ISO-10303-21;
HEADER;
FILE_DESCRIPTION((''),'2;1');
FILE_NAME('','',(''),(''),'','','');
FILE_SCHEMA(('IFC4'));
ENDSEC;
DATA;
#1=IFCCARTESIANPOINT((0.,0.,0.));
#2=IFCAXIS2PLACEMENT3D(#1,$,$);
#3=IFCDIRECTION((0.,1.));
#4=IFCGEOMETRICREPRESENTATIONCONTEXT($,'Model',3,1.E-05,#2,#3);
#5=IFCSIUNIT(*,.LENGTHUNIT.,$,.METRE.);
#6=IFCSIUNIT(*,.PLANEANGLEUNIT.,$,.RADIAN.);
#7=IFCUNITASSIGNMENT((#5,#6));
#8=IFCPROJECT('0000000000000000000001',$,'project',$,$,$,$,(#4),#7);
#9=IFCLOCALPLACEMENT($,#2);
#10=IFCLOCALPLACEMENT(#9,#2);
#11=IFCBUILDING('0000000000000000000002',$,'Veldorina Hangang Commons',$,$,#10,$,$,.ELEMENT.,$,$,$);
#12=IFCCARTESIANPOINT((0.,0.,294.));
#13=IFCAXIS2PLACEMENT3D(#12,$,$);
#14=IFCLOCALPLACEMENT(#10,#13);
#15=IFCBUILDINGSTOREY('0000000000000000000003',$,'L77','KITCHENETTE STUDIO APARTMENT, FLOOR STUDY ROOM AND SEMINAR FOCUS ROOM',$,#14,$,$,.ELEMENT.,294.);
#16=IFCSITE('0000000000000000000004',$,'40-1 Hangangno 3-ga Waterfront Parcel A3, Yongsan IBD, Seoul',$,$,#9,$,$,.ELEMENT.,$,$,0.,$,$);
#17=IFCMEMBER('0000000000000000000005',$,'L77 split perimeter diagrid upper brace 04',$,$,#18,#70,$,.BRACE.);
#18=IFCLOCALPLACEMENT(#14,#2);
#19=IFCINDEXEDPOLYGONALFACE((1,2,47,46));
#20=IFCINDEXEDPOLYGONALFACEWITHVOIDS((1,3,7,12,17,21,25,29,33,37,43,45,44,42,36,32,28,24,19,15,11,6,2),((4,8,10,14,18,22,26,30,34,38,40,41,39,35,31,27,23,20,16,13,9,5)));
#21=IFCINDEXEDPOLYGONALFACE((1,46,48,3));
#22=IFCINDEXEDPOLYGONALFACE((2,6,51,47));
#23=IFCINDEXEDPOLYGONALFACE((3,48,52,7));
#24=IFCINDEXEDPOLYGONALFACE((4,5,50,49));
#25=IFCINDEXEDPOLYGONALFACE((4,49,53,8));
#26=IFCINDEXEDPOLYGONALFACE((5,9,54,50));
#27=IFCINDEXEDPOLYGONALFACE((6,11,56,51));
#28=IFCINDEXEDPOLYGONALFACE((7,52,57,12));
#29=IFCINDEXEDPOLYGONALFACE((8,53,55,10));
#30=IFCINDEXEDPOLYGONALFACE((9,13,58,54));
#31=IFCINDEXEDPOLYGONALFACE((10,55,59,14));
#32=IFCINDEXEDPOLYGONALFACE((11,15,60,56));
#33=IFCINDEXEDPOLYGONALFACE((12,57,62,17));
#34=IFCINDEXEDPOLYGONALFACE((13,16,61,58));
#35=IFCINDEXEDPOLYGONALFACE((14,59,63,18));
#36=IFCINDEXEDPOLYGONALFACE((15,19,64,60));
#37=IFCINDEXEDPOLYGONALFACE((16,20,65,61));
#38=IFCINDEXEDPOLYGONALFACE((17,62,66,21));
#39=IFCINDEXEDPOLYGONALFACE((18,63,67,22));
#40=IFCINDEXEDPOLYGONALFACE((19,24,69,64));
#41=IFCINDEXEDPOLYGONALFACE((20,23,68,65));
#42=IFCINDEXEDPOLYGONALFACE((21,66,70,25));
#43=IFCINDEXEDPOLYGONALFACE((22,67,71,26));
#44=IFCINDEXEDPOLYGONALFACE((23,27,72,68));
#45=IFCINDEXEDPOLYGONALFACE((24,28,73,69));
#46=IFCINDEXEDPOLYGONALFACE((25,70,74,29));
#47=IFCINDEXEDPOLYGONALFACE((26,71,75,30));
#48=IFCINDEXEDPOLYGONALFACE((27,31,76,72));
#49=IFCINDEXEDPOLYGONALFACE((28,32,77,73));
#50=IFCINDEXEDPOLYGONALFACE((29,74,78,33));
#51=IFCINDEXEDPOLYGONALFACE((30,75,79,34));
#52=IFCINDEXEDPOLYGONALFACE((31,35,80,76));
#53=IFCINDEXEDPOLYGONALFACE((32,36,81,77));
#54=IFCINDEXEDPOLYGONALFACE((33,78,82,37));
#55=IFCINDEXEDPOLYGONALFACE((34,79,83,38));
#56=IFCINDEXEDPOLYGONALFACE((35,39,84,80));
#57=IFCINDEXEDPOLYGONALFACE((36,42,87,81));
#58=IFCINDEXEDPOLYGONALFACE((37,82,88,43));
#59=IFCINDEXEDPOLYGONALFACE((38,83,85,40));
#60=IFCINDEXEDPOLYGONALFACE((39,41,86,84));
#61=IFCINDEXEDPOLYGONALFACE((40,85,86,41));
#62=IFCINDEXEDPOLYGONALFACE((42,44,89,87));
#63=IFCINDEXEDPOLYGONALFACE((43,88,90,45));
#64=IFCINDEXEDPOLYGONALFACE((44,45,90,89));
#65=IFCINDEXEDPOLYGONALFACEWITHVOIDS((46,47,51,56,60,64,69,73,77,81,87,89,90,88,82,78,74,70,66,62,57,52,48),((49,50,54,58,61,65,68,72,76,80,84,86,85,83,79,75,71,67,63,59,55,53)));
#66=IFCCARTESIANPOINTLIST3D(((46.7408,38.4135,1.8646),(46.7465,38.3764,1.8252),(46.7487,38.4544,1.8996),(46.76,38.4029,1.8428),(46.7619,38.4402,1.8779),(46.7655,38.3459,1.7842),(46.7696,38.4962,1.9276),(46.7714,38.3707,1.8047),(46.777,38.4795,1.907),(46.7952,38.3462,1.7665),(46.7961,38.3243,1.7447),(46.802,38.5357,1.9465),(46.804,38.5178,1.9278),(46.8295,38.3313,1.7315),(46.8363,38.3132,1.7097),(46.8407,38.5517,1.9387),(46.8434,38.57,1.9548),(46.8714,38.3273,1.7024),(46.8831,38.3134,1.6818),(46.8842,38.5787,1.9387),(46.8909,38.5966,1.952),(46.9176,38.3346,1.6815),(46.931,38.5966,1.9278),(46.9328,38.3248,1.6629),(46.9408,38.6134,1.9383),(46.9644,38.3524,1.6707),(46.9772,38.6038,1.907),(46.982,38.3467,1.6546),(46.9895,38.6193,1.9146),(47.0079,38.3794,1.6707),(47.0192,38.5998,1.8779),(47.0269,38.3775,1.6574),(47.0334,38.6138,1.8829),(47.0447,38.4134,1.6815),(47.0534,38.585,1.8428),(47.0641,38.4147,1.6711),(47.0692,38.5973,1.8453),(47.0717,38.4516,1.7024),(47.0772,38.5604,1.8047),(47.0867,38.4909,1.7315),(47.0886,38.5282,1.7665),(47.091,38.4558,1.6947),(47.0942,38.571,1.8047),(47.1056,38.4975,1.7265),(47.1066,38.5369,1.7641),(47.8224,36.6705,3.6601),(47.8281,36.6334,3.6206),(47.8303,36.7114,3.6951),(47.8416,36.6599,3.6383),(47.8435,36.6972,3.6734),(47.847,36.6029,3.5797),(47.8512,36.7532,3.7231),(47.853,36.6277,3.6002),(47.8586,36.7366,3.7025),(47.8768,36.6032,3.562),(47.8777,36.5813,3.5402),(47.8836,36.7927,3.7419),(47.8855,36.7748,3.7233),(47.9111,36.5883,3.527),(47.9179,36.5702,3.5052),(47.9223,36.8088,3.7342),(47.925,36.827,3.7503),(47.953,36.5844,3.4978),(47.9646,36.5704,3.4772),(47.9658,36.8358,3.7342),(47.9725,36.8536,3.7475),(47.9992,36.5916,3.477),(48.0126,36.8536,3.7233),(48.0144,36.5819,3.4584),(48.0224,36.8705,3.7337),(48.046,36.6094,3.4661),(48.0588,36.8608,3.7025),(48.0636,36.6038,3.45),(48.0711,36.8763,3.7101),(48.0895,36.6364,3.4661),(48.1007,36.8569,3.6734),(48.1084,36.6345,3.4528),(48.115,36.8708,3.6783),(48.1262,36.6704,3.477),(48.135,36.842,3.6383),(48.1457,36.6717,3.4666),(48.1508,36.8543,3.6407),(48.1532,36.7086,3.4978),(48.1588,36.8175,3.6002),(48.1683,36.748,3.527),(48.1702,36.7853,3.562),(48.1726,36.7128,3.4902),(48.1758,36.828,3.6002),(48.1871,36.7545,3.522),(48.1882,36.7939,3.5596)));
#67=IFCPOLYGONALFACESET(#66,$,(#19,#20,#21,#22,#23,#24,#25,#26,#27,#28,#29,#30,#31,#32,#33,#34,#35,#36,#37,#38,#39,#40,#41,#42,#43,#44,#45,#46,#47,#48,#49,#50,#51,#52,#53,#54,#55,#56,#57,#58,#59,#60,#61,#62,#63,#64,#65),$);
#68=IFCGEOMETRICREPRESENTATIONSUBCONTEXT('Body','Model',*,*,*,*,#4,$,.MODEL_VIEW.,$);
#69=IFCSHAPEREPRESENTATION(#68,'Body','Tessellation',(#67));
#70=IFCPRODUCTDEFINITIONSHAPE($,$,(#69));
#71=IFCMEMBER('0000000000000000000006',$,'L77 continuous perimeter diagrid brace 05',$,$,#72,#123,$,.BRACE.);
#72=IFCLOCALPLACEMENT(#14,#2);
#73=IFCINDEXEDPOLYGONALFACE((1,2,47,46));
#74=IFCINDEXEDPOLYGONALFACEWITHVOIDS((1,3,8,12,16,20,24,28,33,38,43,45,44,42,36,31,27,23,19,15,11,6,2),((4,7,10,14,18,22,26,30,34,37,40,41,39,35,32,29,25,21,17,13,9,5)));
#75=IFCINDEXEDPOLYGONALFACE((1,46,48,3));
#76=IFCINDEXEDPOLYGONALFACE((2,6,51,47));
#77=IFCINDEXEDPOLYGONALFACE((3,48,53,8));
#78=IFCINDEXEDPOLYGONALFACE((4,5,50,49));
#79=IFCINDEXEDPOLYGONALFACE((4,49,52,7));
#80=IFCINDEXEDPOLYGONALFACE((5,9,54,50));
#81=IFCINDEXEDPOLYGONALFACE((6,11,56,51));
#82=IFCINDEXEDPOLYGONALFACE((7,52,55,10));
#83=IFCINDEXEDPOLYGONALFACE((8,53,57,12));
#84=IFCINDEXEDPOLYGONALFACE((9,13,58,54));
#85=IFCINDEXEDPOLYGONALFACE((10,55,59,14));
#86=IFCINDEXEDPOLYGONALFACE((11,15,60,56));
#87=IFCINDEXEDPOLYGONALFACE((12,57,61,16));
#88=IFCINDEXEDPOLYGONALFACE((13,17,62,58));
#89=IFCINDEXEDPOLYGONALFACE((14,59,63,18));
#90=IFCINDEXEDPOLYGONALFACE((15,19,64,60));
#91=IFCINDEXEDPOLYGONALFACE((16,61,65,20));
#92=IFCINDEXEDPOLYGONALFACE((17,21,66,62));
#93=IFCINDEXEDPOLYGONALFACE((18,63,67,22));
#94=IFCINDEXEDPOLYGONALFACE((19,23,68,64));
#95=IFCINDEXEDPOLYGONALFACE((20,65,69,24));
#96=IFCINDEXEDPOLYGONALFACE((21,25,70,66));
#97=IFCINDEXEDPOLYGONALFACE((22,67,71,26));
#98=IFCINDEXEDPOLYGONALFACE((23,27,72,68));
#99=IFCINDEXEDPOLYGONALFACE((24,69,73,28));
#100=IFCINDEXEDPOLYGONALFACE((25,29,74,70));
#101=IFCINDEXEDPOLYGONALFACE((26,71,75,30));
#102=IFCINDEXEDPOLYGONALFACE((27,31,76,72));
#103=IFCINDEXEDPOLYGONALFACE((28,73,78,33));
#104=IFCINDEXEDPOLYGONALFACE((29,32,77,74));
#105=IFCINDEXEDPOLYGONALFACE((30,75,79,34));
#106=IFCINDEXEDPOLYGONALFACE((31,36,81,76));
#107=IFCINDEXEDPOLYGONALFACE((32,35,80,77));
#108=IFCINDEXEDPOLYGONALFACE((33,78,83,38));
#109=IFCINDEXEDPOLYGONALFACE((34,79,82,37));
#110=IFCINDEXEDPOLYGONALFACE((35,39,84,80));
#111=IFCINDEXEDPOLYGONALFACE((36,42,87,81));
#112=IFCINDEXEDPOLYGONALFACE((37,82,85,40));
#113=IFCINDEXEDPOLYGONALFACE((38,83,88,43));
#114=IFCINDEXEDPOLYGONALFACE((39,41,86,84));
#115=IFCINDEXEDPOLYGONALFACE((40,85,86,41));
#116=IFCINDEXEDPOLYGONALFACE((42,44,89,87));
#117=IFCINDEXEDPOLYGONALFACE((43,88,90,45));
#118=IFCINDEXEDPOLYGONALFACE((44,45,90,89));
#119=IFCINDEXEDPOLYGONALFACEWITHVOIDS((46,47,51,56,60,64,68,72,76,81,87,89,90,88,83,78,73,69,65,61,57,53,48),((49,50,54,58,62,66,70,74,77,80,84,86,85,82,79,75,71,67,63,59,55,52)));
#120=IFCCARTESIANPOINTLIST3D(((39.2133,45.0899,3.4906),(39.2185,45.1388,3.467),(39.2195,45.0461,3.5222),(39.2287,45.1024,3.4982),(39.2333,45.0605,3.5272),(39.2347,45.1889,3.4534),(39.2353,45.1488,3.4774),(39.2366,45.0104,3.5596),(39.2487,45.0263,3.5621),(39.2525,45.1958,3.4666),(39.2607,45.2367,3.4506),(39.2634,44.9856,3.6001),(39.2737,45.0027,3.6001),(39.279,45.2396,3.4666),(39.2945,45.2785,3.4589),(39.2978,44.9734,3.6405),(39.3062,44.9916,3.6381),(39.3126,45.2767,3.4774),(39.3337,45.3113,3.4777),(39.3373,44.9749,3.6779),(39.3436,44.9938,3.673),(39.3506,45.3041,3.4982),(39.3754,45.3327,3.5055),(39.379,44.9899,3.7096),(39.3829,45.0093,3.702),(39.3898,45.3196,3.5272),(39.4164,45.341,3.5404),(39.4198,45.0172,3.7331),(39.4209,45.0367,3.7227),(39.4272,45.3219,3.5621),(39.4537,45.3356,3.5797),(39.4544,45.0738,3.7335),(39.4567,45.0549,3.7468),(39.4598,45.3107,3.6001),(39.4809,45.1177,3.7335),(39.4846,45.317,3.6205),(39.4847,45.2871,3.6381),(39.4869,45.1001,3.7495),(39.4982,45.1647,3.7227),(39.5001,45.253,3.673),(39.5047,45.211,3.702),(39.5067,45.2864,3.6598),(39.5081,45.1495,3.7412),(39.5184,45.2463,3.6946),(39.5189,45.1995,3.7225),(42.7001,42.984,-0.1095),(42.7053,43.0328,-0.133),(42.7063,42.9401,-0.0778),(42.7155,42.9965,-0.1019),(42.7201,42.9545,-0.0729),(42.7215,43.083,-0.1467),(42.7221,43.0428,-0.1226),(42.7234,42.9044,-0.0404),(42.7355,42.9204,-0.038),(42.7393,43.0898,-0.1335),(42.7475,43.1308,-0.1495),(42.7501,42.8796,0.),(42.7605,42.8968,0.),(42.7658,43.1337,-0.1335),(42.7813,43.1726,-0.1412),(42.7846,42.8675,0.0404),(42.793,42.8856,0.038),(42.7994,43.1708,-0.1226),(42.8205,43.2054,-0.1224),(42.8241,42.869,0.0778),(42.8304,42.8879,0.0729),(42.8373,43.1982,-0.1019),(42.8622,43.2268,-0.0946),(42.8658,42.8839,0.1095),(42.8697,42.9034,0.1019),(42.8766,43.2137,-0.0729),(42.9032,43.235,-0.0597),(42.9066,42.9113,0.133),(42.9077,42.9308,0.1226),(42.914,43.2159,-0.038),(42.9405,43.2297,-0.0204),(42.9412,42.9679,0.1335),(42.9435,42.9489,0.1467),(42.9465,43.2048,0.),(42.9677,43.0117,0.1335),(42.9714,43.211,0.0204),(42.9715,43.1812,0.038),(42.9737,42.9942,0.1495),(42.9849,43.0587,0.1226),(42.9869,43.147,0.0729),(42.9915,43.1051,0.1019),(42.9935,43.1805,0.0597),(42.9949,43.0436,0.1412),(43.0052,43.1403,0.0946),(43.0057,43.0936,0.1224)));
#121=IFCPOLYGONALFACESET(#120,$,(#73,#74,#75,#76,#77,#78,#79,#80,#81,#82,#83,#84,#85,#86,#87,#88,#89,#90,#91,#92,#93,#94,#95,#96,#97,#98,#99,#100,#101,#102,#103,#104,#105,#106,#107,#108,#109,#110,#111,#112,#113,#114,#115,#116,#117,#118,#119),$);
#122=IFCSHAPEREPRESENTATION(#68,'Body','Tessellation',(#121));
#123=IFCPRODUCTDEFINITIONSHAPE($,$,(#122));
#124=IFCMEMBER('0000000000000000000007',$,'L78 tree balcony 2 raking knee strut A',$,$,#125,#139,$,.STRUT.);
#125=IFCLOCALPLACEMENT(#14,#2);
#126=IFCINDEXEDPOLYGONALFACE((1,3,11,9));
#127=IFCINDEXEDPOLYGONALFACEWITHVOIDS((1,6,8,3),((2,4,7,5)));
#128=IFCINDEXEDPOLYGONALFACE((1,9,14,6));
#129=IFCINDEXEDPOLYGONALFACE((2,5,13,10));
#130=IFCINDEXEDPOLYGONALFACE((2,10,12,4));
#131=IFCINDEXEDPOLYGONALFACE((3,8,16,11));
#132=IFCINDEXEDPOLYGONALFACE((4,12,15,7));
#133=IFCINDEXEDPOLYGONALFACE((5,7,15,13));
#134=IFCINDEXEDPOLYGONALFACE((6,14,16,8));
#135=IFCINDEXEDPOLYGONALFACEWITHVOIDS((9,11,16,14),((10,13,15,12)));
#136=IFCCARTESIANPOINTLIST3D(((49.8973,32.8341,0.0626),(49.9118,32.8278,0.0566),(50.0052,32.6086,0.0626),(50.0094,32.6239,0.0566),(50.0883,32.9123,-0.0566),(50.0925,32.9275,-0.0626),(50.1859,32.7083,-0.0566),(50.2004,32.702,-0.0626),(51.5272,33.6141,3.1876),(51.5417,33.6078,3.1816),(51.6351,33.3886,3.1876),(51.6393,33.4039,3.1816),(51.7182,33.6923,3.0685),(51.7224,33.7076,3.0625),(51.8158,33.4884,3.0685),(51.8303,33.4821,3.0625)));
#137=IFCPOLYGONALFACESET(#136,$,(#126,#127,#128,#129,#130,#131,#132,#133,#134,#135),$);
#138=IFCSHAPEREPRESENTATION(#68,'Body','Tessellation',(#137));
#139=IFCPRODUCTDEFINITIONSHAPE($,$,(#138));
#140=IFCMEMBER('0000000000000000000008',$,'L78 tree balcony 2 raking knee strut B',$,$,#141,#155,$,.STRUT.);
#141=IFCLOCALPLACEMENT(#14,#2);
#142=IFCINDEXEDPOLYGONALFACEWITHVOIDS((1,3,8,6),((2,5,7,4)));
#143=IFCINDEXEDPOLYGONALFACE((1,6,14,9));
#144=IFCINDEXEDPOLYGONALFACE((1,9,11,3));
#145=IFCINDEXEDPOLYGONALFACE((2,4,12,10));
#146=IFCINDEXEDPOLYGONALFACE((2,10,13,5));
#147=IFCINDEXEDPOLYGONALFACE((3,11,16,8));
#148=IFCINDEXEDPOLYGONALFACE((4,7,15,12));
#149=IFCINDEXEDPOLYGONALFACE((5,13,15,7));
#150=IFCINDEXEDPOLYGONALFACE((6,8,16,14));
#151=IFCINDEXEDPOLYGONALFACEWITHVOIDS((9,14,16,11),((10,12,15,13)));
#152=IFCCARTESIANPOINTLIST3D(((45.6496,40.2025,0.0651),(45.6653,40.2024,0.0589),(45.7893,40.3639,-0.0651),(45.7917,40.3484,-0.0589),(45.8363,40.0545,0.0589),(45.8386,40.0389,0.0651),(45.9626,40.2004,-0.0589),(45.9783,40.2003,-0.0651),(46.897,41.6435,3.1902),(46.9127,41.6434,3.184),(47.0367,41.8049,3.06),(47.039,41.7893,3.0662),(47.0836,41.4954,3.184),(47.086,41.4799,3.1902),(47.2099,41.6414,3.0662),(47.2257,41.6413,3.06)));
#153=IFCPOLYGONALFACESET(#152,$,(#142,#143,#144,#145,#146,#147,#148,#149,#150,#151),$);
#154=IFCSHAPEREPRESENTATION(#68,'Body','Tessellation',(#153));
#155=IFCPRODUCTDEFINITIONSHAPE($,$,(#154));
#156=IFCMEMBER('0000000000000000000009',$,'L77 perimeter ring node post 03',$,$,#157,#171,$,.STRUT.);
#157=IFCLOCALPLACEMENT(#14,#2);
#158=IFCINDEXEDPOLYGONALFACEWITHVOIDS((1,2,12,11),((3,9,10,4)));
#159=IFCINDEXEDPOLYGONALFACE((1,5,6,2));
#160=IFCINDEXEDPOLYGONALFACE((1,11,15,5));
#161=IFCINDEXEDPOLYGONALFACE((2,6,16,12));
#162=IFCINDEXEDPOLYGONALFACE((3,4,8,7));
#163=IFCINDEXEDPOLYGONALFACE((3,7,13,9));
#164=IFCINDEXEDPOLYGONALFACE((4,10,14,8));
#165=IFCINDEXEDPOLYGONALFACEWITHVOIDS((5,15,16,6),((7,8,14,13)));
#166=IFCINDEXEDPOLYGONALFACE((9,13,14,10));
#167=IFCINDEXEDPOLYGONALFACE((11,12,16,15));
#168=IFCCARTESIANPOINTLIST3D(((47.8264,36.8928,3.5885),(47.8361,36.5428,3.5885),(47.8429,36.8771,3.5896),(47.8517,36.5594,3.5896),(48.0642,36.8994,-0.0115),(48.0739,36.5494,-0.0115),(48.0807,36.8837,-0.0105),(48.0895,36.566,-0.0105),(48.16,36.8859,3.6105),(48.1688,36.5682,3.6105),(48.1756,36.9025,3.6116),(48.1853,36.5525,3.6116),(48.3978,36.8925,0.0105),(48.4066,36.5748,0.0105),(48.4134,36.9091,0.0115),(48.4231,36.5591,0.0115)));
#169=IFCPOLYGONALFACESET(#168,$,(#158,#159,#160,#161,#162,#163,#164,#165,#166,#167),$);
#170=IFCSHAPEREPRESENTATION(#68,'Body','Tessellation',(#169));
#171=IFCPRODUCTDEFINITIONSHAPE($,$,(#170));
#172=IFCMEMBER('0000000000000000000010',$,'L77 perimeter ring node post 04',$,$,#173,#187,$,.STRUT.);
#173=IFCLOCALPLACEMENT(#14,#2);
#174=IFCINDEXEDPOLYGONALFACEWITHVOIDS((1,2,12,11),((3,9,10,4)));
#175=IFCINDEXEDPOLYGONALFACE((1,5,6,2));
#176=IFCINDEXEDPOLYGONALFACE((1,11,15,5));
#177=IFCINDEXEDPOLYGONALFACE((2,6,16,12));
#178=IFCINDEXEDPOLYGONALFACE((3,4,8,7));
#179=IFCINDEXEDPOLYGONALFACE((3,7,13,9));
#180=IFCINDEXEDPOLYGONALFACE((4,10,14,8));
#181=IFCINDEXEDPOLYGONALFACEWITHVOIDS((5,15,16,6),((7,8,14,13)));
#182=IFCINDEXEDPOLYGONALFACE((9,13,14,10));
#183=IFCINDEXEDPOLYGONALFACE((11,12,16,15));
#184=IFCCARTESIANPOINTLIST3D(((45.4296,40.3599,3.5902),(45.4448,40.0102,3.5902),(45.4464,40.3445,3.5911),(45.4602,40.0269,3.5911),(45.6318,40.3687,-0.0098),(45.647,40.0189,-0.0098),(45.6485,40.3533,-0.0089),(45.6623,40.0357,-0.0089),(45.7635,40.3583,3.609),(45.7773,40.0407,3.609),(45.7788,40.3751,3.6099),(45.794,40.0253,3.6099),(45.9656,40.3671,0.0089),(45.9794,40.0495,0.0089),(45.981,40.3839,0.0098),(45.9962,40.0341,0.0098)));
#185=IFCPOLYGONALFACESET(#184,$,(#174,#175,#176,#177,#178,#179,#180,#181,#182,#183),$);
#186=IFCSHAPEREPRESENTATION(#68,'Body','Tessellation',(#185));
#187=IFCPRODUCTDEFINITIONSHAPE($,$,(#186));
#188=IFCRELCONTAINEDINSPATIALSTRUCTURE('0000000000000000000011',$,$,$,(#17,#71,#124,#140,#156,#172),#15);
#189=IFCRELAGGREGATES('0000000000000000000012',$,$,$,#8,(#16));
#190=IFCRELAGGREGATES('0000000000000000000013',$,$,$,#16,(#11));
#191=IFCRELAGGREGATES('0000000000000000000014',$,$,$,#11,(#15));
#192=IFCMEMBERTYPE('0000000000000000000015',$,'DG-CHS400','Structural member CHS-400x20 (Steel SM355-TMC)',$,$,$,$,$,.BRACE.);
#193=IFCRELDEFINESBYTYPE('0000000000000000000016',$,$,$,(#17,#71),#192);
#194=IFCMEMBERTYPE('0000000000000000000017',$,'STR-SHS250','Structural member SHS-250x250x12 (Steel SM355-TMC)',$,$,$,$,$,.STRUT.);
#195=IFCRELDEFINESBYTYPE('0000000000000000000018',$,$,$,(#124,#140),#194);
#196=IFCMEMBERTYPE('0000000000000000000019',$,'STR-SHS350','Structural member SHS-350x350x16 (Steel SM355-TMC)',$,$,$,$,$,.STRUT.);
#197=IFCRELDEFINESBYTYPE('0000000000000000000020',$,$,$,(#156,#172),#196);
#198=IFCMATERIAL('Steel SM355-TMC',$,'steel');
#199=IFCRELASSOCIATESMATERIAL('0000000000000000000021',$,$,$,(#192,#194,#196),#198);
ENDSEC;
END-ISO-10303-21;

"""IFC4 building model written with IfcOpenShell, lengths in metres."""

from ifc_helpers import new_model, si_unit, direction, frame, origin, origin_2d, place, context, subcontext, project, spatial, hollow_rectangle, hollow_circle, extrude, material, material_profile, profile_set, type_object, element, save


model = new_model("IFC4")

# Units and contexts
model_context = context("Model", 3, precision=1e-05, world=origin(), true_north=direction((0.0, 1.0)))
body_context = subcontext(model_context, "Body", "Model", "MODEL_VIEW")
ifc_project = project(units=[si_unit("LENGTHUNIT", "METRE"), si_unit("PLANEANGLEUNIT", "RADIAN")], contexts=[model_context])

# Site, building, storey
site_placement = place(None, origin())
site = spatial("IfcSite", under=ifc_project, at=site_placement, Name="40-1 Hangangno 3-ga Waterfront Parcel A3, Yongsan IBD, Seoul", CompositionType="ELEMENT", RefElevation=0.0)
building_placement = place(site_placement, origin())
building = spatial("IfcBuilding", under=site, at=building_placement, Name="Veldorina Hangang Commons", CompositionType="ELEMENT")
storey_placement = place(building_placement, frame((0.0, 0.0, 294.0)))
storey = spatial("IfcBuildingStorey", under=building, at=storey_placement, Name="L77", Description="KITCHENETTE STUDIO APARTMENT, FLOOR STUDY ROOM AND SEMINAR FOCUS ROOM", CompositionType="ELEMENT", Elevation=294.0)

# Shared definitions
ifc_material_1 = material(Name="Steel SM355-TMC", Category="steel")

# Members
ifc_material_profile_1 = material_profile(ifc_material_1, hollow_circle(Radius=0.2, WallThickness=0.02, at=origin_2d()), Name="CHS-400x20")
ifc_profile_set_1 = profile_set([ifc_material_profile_1], Name="Steel SM355-TMC")
member_type_1 = type_object("IfcMemberType", Name="DG-CHS400", Description="Structural member CHS-400x20 (Steel SM355-TMC)", PredefinedType="BRACE", material=ifc_profile_set_1)
member_1_placement = place(storey_placement, frame((46.9243, 38.4656, 1.8047), z_axis=(0.396753, -0.639372, 0.658628), x_axis=(0.849699, 0.527268, 0.0)))
element("IfcMember", 1, at=member_1_placement, inside=storey, type_object=member_type_1, Name="L77 split perimeter diagrid upper brace 04", PredefinedType="BRACE", context=body_context, shape_type="SweptSolid", body=[
    extrude(hollow_circle(Radius=0.2, WallThickness=0.02, at=origin_2d()), origin(), (0.0, 0.0, 1.0), 2.7261),
])
member_2_placement = place(storey_placement, frame((42.8535, 43.0508, 0.0), z_axis=(-0.641392, 0.387386, 0.66223), x_axis=(-0.516997, -0.855987, 0.0)))
element("IfcMember", 2, at=member_2_placement, inside=storey, type_object=member_type_1, Name="L77 continuous perimeter diagrid brace 05", PredefinedType="BRACE", context=body_context, shape_type="SweptSolid", body=[
    extrude(hollow_circle(Radius=0.2, WallThickness=0.02, at=origin_2d()), origin(), (0.0, 0.0, 1.0), 5.4363),
])
ifc_material_profile_2 = material_profile(ifc_material_1, hollow_rectangle(XDim=0.25, YDim=0.25, WallThickness=0.012, at=origin_2d()), Name="SHS-250x250x12")
ifc_profile_set_2 = profile_set([ifc_material_profile_2], Name="Steel SM355-TMC")
member_type_2 = type_object("IfcMemberType", Name="STR-SHS250", Description="Structural member SHS-250x250x12 (Steel SM355-TMC)", PredefinedType="STRUT", material=ifc_profile_set_2)
member_3_placement = place(storey_placement, frame((50.0488, 32.7681, 0.0), z_axis=(0.451517, 0.216087, 0.865701), x_axis=(-0.43169, 0.902022, 0.0)))
element("IfcMember", 3, at=member_3_placement, inside=storey, type_object=member_type_2, Name="L78 tree balcony 2 raking knee strut A", PredefinedType="STRUT", context=body_context, shape_type="SweptSolid", body=[
    extrude(hollow_rectangle(XDim=0.25, YDim=0.25, WallThickness=0.012, at=origin_2d()), origin(), (0.0, 0.0, 1.0), 3.6099),
])
member_4_placement = place(storey_placement, frame((45.814, 40.2014, 0.0), z_axis=(0.34077, 0.393663, 0.853759), x_axis=(-0.756074, 0.654487, 0.0)))
element("IfcMember", 4, at=member_4_placement, inside=storey, type_object=member_type_2, Name="L78 tree balcony 2 raking knee strut B", PredefinedType="STRUT", context=body_context, shape_type="SweptSolid", body=[
    extrude(hollow_rectangle(XDim=0.25, YDim=0.25, WallThickness=0.012, at=origin_2d()), origin(), (0.0, 0.0, 1.0), 3.6604),
])
ifc_material_profile_3 = material_profile(ifc_material_1, hollow_rectangle(XDim=0.3501, YDim=0.3501, WallThickness=0.0161, at=origin_2d()), Name="SHS-350x350x16")
ifc_profile_set_3 = profile_set([ifc_material_profile_3], Name="Steel SM355-TMC")
member_type_3 = type_object("IfcMemberType", Name="STR-SHS350", Description="Structural member SHS-350x350x16 (Steel SM355-TMC)", PredefinedType="STRUT", material=ifc_profile_set_3)
member_5_placement = place(storey_placement, frame((48.2437, 36.7292, 0.0), z_axis=(-0.065908, -0.001827, 0.997824), x_axis=(0.02771, -0.999616, 0.0)))
element("IfcMember", 5, at=member_5_placement, inside=storey, type_object=member_type_3, Name="L77 perimeter ring node post 03", PredefinedType="STRUT", context=body_context, shape_type="SweptSolid", body=[
    extrude(hollow_rectangle(XDim=0.3501, YDim=0.3501, WallThickness=0.0161, at=origin_2d()), origin(), (0.0, 0.0, 1.0), 3.6079),
])
member_6_placement = place(storey_placement, frame((45.814, 40.2014, 0.0), z_axis=(-0.056062, -0.002437, 0.998424), x_axis=(0.043437, -0.999056, 0.0)))
element("IfcMember", 6, at=member_6_placement, inside=storey, type_object=member_type_3, Name="L77 perimeter ring node post 04", PredefinedType="STRUT", context=body_context, shape_type="SweptSolid", body=[
    extrude(hollow_rectangle(XDim=0.3501, YDim=0.3501, WallThickness=0.0161, at=origin_2d()), origin(), (0.0, 0.0, 1.0), 3.6057),
])

save(model, "model.ifc")
